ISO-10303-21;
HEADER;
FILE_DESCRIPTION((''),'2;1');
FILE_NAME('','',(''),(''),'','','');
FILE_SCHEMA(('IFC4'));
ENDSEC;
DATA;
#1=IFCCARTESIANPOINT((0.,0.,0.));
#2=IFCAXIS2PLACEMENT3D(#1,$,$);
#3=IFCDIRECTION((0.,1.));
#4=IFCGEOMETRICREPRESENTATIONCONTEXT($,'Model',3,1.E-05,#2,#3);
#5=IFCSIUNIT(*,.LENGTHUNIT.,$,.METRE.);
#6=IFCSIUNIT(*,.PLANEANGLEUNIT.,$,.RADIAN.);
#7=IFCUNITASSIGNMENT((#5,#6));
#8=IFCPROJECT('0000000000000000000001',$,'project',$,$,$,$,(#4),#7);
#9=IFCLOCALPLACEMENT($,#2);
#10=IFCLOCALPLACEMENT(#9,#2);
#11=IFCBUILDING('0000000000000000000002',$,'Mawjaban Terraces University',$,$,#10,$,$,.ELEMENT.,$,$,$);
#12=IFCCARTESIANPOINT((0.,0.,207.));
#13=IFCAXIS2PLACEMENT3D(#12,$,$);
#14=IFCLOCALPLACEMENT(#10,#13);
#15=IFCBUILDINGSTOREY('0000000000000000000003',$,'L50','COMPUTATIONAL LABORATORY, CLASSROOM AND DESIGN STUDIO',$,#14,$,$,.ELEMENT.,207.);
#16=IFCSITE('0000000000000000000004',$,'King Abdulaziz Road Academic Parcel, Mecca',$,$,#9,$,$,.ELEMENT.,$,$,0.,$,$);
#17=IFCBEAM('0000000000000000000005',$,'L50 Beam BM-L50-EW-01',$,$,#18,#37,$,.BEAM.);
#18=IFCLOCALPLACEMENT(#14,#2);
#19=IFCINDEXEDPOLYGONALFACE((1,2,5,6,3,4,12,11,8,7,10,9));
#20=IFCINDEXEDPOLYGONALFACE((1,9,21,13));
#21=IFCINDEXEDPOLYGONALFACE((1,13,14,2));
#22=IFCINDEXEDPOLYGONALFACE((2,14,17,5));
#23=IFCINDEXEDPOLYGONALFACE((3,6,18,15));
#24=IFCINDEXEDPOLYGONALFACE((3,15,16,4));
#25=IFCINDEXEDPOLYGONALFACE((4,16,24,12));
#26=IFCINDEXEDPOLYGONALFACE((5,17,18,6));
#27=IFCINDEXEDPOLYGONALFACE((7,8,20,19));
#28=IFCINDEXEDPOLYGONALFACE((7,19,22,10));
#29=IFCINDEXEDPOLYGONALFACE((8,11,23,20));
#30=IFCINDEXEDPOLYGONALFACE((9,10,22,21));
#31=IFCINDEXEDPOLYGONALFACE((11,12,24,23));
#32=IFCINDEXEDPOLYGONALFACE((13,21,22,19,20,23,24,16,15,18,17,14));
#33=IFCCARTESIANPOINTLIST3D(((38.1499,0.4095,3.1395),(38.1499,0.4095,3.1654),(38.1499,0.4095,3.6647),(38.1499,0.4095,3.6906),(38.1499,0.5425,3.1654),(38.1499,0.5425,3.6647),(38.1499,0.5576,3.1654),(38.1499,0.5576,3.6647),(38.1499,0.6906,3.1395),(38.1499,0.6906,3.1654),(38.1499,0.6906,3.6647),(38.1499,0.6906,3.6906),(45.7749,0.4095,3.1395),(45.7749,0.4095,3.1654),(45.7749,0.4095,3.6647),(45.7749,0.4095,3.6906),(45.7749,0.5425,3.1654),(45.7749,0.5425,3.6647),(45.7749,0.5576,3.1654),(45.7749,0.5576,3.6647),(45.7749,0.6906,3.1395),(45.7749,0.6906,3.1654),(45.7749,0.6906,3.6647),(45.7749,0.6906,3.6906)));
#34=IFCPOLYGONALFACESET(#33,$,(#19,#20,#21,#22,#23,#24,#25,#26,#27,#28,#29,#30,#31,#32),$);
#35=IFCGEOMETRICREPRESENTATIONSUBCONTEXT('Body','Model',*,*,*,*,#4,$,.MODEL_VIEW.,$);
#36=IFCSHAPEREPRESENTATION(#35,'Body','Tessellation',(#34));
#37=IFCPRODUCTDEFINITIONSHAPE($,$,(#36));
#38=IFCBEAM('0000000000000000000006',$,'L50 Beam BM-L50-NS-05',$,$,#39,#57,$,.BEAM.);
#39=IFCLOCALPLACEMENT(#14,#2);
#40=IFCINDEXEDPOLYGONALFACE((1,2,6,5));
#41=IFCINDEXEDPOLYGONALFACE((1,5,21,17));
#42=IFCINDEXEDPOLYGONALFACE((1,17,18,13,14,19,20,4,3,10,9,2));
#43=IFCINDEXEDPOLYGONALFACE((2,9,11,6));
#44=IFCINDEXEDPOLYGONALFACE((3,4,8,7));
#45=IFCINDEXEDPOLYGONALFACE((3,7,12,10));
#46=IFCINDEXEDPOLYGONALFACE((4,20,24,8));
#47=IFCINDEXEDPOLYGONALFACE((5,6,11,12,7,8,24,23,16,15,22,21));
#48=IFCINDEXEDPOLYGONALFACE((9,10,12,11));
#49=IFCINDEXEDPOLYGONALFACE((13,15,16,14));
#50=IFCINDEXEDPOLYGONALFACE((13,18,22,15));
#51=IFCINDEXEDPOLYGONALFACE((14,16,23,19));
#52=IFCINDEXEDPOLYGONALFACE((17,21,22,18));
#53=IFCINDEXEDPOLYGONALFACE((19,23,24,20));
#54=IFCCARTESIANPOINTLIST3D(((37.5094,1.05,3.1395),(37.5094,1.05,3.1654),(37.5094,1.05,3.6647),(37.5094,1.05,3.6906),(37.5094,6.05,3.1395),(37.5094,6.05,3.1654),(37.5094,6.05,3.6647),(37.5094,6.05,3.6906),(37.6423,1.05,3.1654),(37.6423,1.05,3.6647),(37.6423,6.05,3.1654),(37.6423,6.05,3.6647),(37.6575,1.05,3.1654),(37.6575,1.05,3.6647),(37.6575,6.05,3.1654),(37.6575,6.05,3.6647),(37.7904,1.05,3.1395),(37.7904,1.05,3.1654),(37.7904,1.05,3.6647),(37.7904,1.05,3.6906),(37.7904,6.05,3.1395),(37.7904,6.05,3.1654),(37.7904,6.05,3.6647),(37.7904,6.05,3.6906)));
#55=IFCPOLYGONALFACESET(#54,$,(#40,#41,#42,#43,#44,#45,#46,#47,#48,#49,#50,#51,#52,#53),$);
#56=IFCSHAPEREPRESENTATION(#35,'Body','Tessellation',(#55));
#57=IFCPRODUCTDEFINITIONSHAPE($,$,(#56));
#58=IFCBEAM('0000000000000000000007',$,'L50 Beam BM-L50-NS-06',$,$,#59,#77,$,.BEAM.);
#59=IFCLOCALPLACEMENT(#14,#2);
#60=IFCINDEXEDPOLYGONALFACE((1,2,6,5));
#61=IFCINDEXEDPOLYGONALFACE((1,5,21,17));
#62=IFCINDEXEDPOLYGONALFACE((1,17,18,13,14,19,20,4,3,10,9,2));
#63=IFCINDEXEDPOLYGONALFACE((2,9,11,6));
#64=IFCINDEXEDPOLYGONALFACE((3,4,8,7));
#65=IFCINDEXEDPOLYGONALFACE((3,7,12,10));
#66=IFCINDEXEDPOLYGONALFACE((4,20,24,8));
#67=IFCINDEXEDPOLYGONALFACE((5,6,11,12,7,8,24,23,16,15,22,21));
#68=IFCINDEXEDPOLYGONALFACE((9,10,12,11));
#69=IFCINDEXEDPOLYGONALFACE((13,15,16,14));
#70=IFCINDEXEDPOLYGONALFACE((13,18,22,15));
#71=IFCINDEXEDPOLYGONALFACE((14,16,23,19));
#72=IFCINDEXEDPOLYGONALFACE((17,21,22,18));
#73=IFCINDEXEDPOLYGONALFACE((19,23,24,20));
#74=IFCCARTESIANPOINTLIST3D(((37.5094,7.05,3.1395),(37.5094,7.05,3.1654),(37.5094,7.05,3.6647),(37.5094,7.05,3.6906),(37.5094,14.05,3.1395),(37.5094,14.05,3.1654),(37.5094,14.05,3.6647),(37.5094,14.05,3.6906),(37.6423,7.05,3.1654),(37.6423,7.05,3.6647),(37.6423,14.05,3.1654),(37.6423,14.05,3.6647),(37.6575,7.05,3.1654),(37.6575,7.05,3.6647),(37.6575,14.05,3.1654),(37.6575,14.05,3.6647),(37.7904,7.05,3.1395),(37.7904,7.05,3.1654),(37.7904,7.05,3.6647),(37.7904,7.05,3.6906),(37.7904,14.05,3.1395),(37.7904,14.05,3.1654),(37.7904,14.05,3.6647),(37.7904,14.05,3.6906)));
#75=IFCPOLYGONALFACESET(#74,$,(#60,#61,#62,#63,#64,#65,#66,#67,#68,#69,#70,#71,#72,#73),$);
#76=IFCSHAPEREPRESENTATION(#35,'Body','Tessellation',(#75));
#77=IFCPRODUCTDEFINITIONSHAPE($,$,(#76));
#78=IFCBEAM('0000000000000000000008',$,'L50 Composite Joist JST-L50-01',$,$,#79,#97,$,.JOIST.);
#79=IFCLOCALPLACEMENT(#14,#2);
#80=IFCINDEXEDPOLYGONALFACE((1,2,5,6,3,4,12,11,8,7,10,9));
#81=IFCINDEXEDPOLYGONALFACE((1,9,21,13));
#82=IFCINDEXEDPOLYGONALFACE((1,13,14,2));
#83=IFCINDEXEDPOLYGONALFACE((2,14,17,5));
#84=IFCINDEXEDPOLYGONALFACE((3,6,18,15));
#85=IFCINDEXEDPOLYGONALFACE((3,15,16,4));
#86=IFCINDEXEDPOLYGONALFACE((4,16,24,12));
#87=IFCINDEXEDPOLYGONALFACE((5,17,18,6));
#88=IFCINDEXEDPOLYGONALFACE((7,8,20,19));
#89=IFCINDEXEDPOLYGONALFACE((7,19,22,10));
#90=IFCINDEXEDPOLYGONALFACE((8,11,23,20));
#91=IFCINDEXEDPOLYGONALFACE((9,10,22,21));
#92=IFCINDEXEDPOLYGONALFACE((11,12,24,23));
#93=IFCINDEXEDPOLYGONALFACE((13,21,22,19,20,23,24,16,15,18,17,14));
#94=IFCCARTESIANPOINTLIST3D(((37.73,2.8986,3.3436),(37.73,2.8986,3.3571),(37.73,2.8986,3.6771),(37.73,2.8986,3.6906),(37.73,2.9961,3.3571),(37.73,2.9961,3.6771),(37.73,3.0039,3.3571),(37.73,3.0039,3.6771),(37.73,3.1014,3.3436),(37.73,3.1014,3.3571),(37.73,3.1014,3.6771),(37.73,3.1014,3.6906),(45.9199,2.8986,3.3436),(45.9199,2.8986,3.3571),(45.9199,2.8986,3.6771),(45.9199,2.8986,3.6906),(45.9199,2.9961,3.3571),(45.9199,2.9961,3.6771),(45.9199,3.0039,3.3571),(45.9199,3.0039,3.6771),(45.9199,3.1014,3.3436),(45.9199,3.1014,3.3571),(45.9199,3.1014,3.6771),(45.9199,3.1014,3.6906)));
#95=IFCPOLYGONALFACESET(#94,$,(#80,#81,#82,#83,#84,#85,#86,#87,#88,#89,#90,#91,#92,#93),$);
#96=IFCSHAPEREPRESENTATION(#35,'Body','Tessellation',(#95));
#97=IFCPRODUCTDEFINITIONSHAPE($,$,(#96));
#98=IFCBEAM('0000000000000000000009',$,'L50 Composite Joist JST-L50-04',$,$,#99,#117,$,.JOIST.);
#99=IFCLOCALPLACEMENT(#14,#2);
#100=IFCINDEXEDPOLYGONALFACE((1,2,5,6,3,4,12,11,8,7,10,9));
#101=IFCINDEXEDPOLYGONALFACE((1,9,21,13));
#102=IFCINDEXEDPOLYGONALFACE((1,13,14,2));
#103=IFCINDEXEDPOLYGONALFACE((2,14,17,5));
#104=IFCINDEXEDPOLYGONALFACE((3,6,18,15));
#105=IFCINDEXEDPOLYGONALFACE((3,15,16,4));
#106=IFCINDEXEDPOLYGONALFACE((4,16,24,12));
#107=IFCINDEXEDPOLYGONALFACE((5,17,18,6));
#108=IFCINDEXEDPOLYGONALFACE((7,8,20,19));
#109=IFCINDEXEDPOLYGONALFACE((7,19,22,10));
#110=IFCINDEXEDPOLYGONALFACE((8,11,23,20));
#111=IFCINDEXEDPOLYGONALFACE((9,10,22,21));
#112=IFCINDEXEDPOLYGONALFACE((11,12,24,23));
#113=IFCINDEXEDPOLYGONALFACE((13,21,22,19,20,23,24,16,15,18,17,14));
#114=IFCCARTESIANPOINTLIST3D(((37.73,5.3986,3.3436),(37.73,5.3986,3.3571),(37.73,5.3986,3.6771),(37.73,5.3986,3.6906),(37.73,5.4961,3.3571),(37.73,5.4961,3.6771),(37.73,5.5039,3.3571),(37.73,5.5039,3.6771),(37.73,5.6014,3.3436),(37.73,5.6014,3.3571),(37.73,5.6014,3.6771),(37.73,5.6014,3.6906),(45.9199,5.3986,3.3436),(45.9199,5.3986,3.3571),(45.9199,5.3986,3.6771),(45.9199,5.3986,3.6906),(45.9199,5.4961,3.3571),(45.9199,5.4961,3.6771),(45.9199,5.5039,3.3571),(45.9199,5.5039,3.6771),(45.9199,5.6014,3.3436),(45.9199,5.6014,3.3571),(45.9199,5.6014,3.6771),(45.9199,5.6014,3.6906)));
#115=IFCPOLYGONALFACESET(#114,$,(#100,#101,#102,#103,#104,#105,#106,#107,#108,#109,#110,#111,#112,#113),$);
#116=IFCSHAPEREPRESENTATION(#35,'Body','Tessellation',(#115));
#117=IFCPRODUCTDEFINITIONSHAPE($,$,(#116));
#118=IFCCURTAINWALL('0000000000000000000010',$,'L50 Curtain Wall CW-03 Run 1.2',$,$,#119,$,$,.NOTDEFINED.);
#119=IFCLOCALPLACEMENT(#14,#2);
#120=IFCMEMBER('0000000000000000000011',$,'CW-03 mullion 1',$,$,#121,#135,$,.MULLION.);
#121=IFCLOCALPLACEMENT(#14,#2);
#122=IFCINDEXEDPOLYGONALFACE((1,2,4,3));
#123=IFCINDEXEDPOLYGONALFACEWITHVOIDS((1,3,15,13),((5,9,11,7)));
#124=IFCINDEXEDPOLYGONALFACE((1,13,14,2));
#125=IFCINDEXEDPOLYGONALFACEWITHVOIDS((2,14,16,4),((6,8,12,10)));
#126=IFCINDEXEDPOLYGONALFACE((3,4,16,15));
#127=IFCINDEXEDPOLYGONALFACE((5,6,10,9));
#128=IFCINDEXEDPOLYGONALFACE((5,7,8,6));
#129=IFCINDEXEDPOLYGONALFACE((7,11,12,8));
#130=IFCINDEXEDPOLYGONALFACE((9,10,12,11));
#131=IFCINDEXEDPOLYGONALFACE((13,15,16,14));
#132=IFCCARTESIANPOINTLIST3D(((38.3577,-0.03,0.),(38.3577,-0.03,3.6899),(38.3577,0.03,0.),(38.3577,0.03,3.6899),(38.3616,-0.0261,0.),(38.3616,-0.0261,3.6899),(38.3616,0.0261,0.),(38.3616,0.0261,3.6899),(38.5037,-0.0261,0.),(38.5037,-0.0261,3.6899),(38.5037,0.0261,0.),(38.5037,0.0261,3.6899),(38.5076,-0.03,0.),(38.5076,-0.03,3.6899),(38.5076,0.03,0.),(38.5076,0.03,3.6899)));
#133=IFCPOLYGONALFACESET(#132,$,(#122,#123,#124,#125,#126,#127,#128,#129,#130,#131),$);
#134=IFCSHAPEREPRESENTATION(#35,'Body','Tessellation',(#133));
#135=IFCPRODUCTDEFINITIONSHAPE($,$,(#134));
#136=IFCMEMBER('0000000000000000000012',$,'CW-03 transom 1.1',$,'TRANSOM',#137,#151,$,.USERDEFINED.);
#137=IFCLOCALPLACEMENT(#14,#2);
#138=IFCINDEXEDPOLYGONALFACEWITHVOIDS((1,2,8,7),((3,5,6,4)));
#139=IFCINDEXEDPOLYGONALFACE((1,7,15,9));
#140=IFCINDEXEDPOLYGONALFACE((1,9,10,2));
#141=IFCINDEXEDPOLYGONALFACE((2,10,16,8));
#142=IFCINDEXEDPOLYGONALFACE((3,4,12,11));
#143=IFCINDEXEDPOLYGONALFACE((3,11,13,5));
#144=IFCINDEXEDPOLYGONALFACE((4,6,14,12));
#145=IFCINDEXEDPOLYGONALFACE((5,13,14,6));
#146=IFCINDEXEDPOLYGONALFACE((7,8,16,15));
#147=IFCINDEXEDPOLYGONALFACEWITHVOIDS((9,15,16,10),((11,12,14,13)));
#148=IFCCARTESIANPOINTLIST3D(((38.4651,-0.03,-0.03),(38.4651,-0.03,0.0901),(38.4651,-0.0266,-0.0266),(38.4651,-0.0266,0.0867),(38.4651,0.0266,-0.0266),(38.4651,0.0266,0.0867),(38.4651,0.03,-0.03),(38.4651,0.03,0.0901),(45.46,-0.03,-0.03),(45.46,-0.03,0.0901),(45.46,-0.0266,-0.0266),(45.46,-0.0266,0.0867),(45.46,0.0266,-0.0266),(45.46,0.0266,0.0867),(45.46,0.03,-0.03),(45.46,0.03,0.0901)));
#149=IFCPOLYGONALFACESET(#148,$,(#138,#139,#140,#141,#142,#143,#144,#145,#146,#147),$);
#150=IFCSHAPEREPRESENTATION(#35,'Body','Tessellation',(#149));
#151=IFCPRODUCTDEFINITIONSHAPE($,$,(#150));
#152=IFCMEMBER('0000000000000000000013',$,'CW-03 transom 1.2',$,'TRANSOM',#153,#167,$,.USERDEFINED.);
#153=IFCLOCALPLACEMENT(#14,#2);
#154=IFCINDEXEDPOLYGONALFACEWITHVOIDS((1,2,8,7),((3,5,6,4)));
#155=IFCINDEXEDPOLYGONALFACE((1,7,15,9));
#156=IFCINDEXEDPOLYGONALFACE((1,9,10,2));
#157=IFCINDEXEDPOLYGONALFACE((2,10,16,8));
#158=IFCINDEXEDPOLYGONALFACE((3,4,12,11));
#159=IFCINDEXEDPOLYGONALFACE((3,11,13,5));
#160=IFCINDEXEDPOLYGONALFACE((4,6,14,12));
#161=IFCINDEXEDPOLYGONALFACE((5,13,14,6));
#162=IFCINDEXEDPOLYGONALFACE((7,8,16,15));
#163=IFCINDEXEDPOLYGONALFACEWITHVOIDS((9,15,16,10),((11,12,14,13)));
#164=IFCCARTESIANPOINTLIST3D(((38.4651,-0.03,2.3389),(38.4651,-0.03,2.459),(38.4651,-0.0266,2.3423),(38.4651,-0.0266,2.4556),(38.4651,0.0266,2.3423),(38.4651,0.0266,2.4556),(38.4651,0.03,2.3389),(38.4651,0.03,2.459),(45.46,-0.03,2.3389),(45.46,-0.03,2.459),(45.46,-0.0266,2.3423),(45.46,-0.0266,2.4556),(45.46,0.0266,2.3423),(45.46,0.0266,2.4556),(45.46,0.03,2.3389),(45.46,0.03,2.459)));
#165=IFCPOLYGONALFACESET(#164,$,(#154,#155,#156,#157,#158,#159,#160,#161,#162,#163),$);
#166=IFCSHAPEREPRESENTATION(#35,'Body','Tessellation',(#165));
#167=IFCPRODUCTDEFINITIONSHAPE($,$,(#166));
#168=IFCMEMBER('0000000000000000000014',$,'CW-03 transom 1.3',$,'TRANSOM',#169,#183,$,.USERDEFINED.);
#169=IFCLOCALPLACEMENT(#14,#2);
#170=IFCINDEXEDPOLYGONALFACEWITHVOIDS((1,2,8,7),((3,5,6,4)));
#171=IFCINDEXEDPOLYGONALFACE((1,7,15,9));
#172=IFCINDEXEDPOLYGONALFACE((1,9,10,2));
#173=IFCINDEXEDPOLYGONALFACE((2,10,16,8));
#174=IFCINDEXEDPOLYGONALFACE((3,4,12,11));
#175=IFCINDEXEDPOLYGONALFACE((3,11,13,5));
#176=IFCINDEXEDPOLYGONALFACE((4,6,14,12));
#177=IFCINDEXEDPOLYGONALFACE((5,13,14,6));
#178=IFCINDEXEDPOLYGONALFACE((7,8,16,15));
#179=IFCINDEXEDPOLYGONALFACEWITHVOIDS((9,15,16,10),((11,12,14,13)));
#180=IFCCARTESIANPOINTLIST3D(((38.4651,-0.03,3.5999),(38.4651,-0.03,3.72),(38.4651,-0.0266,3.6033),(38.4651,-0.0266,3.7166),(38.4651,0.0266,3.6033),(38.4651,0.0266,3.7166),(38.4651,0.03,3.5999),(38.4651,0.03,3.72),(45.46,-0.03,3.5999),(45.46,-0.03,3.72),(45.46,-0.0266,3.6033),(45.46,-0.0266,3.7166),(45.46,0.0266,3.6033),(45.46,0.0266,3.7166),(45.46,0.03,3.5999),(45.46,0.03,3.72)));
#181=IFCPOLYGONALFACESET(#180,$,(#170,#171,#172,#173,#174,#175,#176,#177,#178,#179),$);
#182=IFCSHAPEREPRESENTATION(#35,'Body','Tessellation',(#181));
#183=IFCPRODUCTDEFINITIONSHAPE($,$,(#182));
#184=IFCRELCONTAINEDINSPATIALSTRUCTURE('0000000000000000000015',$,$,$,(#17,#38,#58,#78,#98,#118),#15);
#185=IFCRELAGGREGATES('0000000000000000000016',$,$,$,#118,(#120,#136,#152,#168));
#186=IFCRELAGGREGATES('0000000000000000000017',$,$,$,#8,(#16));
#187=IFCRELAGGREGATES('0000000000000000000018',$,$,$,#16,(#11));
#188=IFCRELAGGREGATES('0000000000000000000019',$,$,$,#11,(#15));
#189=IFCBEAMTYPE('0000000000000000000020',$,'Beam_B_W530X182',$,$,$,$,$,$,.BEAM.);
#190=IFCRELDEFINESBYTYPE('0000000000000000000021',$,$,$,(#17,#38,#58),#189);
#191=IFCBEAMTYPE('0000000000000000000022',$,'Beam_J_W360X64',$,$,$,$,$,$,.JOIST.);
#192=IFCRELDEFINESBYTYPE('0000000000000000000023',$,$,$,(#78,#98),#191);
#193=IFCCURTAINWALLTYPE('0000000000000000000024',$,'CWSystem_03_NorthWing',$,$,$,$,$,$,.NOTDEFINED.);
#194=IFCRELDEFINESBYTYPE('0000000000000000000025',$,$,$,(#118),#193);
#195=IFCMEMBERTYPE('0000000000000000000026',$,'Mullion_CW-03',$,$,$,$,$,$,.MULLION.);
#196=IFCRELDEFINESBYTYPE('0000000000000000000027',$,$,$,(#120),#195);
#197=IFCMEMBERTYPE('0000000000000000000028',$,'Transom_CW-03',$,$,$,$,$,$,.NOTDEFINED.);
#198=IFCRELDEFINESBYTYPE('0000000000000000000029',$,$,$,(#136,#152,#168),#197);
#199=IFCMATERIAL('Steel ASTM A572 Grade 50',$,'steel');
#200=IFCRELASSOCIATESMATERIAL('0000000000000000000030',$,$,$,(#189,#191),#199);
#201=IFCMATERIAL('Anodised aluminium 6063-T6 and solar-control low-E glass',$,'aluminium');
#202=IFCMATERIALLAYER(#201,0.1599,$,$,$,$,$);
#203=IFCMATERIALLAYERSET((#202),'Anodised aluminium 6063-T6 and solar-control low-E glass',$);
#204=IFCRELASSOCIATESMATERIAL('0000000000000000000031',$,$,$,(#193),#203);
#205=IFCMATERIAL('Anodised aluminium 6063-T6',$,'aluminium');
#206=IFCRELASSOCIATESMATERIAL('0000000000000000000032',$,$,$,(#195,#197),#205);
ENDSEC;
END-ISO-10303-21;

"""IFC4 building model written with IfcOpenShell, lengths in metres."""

from ifc_helpers import new_model, si_unit, direction, frame, origin, origin_2d, place, context, subcontext, project, spatial, hollow_rectangle, i_section, extrude, material, layer, layer_set, material_profile, profile_set, type_object, element, aggregate, save


model = new_model("IFC4")

# Units and contexts
model_context = context("Model", 3, precision=1e-05, world=origin(), true_north=direction((0.0, 1.0)))
body_context = subcontext(model_context, "Body", "Model", "MODEL_VIEW")
ifc_project = project(units=[si_unit("LENGTHUNIT", "METRE"), si_unit("PLANEANGLEUNIT", "RADIAN")], contexts=[model_context])

# Site, building, storey
site_placement = place(None, origin())
site = spatial("IfcSite", under=ifc_project, at=site_placement, Name="King Abdulaziz Road Academic Parcel, Mecca", CompositionType="ELEMENT", RefElevation=0.0)
building_placement = place(site_placement, origin())
building = spatial("IfcBuilding", under=site, at=building_placement, Name="Mawjaban Terraces University", CompositionType="ELEMENT")
storey_placement = place(building_placement, frame((0.0, 0.0, 207.0)))
storey = spatial("IfcBuildingStorey", under=building, at=storey_placement, Name="L50", Description="COMPUTATIONAL LABORATORY, CLASSROOM AND DESIGN STUDIO", CompositionType="ELEMENT", Elevation=207.0)

# Beams
ifc_material_1 = material(Name="Steel ASTM A572 Grade 50", Category="steel")
ifc_material_profile_1 = material_profile(ifc_material_1, i_section(OverallWidth=0.281, OverallDepth=0.551, WebThickness=0.0151, FlangeThickness=0.0259, at=origin_2d()), Name="W530X182")
ifc_profile_set_1 = profile_set([ifc_material_profile_1], Name="Steel ASTM A572 Grade 50")
beam_type_1 = type_object("IfcBeamType", Name="Beam_B_W530X182", PredefinedType="BEAM", material=ifc_profile_set_1)
beam_1_placement = place(storey_placement, frame((38.1499, 0.55, 3.415), z_axis=(1.0, 0.0, 0.0), x_axis=(0.0, 1.0, 0.0)))
element("IfcBeam", 1, at=beam_1_placement, inside=storey, type_object=beam_type_1, Name="L50 Beam BM-L50-EW-01", PredefinedType="BEAM", context=body_context, shape_type="SweptSolid", body=[
    extrude(i_section(OverallWidth=0.281, OverallDepth=0.551, WebThickness=0.0151, FlangeThickness=0.0259, at=origin_2d()), origin(), (0.0, 0.0, 1.0), 7.625),
])
beam_2_placement = place(storey_placement, frame((37.6499, 1.05, 3.415), z_axis=(0.0, 1.0, 0.0), x_axis=(-1.0, 0.0, 0.0)))
element("IfcBeam", 2, at=beam_2_placement, inside=storey, type_object=beam_type_1, Name="L50 Beam BM-L50-NS-05", PredefinedType="BEAM", context=body_context, shape_type="SweptSolid", body=[
    extrude(i_section(OverallWidth=0.281, OverallDepth=0.551, WebThickness=0.0151, FlangeThickness=0.0259, at=origin_2d()), origin(), (0.0, 0.0, 1.0), 5.0),
])
beam_3_placement = place(storey_placement, frame((37.6499, 7.05, 3.415), z_axis=(0.0, 1.0, 0.0), x_axis=(-1.0, 0.0, 0.0)))
element("IfcBeam", 3, at=beam_3_placement, inside=storey, type_object=beam_type_1, Name="L50 Beam BM-L50-NS-06", PredefinedType="BEAM", context=body_context, shape_type="SweptSolid", body=[
    extrude(i_section(OverallWidth=0.281, OverallDepth=0.551, WebThickness=0.0151, FlangeThickness=0.0259, at=origin_2d()), origin(), (0.0, 0.0, 1.0), 7.0),
])
ifc_material_profile_2 = material_profile(ifc_material_1, i_section(OverallWidth=0.2029, OverallDepth=0.3469, WebThickness=0.0078, FlangeThickness=0.0134, at=origin_2d()), Name="W360X64")
ifc_profile_set_2 = profile_set([ifc_material_profile_2], Name="Steel ASTM A572 Grade 50")
beam_type_2 = type_object("IfcBeamType", Name="Beam_J_W360X64", PredefinedType="JOIST", material=ifc_profile_set_2)
for number, where, z_axis, x_axis, name in (
    (4, (37.73, 3.0, 3.5171), (1.0, 0.0, 0.0), (0.0, 1.0, 0.0), "L50 Composite Joist JST-L50-01"),
    (5, (37.73, 5.5, 3.5171), (1.0, 0.0, 0.0), (0.0, 1.0, 0.0), "L50 Composite Joist JST-L50-04"),
):
    element("IfcBeam", number, at=place(storey_placement, frame(where, z_axis=z_axis, x_axis=x_axis)), inside=storey, type_object=beam_type_2, Name=name, PredefinedType="JOIST", context=body_context, shape_type="SweptSolid", body=[
        extrude(i_section(OverallWidth=0.2029, OverallDepth=0.3469, WebThickness=0.0078, FlangeThickness=0.0134, at=origin_2d()), origin(), (0.0, 0.0, 1.0), 8.1899),
    ])

# Curtain wall, members
ifc_material_2 = material(Name="Anodised aluminium 6063-T6 and solar-control low-E glass", Category="aluminium")
ifc_layer_1 = layer(ifc_material_2, 0.1599)
ifc_layer_set_1 = layer_set([ifc_layer_1], Name="Anodised aluminium 6063-T6 and solar-control low-E glass")
curtain_wall_type = type_object("IfcCurtainWallType", Name="CWSystem_03_NorthWing", PredefinedType="NOTDEFINED", material=ifc_layer_set_1)
curtain_wall_placement = place(storey_placement, origin())
curtain_wall = element("IfcCurtainWall", 6, at=curtain_wall_placement, inside=storey, type_object=curtain_wall_type, Name="L50 Curtain Wall CW-03 Run 1.2", PredefinedType="NOTDEFINED")
ifc_material_3 = material(Name="Anodised aluminium 6063-T6", Category="aluminium")
ifc_material_profile_3 = material_profile(ifc_material_3, hollow_rectangle(XDim=0.0601, YDim=0.1499, WallThickness=0.0039, at=origin_2d()), Name="ALU150X60X4")
ifc_profile_set_3 = profile_set([ifc_material_profile_3], Name="Anodised aluminium 6063-T6")
member_type_1 = type_object("IfcMemberType", Name="Mullion_CW-03", PredefinedType="MULLION", material=ifc_profile_set_3)
member_1_placement = place(storey_placement, frame((38.4326, 0.0, 0.0), z_axis=(0.0, 0.0, 1.0), x_axis=(0.0, 1.0, 0.0)))
member_1 = element("IfcMember", 7, at=member_1_placement, type_object=member_type_1, Name="CW-03 mullion 1", PredefinedType="MULLION", context=body_context, shape_type="SweptSolid", body=[
    extrude(hollow_rectangle(XDim=0.0601, YDim=0.1499, WallThickness=0.0039, at=origin_2d()), origin(), (0.0, 0.0, 1.0), 3.6899),
])
ifc_material_profile_4 = material_profile(ifc_material_3, hollow_rectangle(XDim=0.0601, YDim=0.1201, WallThickness=0.0034, at=origin_2d()), Name="ALU120X60X3.5")
ifc_profile_set_4 = profile_set([ifc_material_profile_4], Name="Anodised aluminium 6063-T6")
member_type_2 = type_object("IfcMemberType", Name="Transom_CW-03", PredefinedType="NOTDEFINED", material=ifc_profile_set_4)
member_2_placement = place(storey_placement, frame((38.4651, 0.0, 0.03), z_axis=(1.0, 0.0, 0.0), x_axis=(0.0, 1.0, 0.0)))
member_2 = element("IfcMember", 8, at=member_2_placement, type_object=member_type_2, Name="CW-03 transom 1.1", ObjectType="TRANSOM", PredefinedType="USERDEFINED", context=body_context, shape_type="SweptSolid", body=[
    extrude(hollow_rectangle(XDim=0.0601, YDim=0.1201, WallThickness=0.0034, at=origin_2d()), origin(), (0.0, 0.0, 1.0), 6.9949),
])
member_3_placement = place(storey_placement, frame((38.4651, 0.0, 2.3989), z_axis=(1.0, 0.0, 0.0), x_axis=(0.0, 1.0, 0.0)))
member_3 = element("IfcMember", 9, at=member_3_placement, type_object=member_type_2, Name="CW-03 transom 1.2", ObjectType="TRANSOM", PredefinedType="USERDEFINED", context=body_context, shape_type="SweptSolid", body=[
    extrude(hollow_rectangle(XDim=0.0601, YDim=0.1201, WallThickness=0.0034, at=origin_2d()), origin(), (0.0, 0.0, 1.0), 6.9949),
])
member_4_placement = place(storey_placement, frame((38.4651, 0.0, 3.6599), z_axis=(1.0, 0.0, 0.0), x_axis=(0.0, 1.0, 0.0)))
member_4 = element("IfcMember", 10, at=member_4_placement, type_object=member_type_2, Name="CW-03 transom 1.3", ObjectType="TRANSOM", PredefinedType="USERDEFINED", context=body_context, shape_type="SweptSolid", body=[
    extrude(hollow_rectangle(XDim=0.0601, YDim=0.1201, WallThickness=0.0034, at=origin_2d()), origin(), (0.0, 0.0, 1.0), 6.9949),
])
aggregate(curtain_wall, [member_1, member_2, member_3, member_4])

save(model, "model.ifc")
